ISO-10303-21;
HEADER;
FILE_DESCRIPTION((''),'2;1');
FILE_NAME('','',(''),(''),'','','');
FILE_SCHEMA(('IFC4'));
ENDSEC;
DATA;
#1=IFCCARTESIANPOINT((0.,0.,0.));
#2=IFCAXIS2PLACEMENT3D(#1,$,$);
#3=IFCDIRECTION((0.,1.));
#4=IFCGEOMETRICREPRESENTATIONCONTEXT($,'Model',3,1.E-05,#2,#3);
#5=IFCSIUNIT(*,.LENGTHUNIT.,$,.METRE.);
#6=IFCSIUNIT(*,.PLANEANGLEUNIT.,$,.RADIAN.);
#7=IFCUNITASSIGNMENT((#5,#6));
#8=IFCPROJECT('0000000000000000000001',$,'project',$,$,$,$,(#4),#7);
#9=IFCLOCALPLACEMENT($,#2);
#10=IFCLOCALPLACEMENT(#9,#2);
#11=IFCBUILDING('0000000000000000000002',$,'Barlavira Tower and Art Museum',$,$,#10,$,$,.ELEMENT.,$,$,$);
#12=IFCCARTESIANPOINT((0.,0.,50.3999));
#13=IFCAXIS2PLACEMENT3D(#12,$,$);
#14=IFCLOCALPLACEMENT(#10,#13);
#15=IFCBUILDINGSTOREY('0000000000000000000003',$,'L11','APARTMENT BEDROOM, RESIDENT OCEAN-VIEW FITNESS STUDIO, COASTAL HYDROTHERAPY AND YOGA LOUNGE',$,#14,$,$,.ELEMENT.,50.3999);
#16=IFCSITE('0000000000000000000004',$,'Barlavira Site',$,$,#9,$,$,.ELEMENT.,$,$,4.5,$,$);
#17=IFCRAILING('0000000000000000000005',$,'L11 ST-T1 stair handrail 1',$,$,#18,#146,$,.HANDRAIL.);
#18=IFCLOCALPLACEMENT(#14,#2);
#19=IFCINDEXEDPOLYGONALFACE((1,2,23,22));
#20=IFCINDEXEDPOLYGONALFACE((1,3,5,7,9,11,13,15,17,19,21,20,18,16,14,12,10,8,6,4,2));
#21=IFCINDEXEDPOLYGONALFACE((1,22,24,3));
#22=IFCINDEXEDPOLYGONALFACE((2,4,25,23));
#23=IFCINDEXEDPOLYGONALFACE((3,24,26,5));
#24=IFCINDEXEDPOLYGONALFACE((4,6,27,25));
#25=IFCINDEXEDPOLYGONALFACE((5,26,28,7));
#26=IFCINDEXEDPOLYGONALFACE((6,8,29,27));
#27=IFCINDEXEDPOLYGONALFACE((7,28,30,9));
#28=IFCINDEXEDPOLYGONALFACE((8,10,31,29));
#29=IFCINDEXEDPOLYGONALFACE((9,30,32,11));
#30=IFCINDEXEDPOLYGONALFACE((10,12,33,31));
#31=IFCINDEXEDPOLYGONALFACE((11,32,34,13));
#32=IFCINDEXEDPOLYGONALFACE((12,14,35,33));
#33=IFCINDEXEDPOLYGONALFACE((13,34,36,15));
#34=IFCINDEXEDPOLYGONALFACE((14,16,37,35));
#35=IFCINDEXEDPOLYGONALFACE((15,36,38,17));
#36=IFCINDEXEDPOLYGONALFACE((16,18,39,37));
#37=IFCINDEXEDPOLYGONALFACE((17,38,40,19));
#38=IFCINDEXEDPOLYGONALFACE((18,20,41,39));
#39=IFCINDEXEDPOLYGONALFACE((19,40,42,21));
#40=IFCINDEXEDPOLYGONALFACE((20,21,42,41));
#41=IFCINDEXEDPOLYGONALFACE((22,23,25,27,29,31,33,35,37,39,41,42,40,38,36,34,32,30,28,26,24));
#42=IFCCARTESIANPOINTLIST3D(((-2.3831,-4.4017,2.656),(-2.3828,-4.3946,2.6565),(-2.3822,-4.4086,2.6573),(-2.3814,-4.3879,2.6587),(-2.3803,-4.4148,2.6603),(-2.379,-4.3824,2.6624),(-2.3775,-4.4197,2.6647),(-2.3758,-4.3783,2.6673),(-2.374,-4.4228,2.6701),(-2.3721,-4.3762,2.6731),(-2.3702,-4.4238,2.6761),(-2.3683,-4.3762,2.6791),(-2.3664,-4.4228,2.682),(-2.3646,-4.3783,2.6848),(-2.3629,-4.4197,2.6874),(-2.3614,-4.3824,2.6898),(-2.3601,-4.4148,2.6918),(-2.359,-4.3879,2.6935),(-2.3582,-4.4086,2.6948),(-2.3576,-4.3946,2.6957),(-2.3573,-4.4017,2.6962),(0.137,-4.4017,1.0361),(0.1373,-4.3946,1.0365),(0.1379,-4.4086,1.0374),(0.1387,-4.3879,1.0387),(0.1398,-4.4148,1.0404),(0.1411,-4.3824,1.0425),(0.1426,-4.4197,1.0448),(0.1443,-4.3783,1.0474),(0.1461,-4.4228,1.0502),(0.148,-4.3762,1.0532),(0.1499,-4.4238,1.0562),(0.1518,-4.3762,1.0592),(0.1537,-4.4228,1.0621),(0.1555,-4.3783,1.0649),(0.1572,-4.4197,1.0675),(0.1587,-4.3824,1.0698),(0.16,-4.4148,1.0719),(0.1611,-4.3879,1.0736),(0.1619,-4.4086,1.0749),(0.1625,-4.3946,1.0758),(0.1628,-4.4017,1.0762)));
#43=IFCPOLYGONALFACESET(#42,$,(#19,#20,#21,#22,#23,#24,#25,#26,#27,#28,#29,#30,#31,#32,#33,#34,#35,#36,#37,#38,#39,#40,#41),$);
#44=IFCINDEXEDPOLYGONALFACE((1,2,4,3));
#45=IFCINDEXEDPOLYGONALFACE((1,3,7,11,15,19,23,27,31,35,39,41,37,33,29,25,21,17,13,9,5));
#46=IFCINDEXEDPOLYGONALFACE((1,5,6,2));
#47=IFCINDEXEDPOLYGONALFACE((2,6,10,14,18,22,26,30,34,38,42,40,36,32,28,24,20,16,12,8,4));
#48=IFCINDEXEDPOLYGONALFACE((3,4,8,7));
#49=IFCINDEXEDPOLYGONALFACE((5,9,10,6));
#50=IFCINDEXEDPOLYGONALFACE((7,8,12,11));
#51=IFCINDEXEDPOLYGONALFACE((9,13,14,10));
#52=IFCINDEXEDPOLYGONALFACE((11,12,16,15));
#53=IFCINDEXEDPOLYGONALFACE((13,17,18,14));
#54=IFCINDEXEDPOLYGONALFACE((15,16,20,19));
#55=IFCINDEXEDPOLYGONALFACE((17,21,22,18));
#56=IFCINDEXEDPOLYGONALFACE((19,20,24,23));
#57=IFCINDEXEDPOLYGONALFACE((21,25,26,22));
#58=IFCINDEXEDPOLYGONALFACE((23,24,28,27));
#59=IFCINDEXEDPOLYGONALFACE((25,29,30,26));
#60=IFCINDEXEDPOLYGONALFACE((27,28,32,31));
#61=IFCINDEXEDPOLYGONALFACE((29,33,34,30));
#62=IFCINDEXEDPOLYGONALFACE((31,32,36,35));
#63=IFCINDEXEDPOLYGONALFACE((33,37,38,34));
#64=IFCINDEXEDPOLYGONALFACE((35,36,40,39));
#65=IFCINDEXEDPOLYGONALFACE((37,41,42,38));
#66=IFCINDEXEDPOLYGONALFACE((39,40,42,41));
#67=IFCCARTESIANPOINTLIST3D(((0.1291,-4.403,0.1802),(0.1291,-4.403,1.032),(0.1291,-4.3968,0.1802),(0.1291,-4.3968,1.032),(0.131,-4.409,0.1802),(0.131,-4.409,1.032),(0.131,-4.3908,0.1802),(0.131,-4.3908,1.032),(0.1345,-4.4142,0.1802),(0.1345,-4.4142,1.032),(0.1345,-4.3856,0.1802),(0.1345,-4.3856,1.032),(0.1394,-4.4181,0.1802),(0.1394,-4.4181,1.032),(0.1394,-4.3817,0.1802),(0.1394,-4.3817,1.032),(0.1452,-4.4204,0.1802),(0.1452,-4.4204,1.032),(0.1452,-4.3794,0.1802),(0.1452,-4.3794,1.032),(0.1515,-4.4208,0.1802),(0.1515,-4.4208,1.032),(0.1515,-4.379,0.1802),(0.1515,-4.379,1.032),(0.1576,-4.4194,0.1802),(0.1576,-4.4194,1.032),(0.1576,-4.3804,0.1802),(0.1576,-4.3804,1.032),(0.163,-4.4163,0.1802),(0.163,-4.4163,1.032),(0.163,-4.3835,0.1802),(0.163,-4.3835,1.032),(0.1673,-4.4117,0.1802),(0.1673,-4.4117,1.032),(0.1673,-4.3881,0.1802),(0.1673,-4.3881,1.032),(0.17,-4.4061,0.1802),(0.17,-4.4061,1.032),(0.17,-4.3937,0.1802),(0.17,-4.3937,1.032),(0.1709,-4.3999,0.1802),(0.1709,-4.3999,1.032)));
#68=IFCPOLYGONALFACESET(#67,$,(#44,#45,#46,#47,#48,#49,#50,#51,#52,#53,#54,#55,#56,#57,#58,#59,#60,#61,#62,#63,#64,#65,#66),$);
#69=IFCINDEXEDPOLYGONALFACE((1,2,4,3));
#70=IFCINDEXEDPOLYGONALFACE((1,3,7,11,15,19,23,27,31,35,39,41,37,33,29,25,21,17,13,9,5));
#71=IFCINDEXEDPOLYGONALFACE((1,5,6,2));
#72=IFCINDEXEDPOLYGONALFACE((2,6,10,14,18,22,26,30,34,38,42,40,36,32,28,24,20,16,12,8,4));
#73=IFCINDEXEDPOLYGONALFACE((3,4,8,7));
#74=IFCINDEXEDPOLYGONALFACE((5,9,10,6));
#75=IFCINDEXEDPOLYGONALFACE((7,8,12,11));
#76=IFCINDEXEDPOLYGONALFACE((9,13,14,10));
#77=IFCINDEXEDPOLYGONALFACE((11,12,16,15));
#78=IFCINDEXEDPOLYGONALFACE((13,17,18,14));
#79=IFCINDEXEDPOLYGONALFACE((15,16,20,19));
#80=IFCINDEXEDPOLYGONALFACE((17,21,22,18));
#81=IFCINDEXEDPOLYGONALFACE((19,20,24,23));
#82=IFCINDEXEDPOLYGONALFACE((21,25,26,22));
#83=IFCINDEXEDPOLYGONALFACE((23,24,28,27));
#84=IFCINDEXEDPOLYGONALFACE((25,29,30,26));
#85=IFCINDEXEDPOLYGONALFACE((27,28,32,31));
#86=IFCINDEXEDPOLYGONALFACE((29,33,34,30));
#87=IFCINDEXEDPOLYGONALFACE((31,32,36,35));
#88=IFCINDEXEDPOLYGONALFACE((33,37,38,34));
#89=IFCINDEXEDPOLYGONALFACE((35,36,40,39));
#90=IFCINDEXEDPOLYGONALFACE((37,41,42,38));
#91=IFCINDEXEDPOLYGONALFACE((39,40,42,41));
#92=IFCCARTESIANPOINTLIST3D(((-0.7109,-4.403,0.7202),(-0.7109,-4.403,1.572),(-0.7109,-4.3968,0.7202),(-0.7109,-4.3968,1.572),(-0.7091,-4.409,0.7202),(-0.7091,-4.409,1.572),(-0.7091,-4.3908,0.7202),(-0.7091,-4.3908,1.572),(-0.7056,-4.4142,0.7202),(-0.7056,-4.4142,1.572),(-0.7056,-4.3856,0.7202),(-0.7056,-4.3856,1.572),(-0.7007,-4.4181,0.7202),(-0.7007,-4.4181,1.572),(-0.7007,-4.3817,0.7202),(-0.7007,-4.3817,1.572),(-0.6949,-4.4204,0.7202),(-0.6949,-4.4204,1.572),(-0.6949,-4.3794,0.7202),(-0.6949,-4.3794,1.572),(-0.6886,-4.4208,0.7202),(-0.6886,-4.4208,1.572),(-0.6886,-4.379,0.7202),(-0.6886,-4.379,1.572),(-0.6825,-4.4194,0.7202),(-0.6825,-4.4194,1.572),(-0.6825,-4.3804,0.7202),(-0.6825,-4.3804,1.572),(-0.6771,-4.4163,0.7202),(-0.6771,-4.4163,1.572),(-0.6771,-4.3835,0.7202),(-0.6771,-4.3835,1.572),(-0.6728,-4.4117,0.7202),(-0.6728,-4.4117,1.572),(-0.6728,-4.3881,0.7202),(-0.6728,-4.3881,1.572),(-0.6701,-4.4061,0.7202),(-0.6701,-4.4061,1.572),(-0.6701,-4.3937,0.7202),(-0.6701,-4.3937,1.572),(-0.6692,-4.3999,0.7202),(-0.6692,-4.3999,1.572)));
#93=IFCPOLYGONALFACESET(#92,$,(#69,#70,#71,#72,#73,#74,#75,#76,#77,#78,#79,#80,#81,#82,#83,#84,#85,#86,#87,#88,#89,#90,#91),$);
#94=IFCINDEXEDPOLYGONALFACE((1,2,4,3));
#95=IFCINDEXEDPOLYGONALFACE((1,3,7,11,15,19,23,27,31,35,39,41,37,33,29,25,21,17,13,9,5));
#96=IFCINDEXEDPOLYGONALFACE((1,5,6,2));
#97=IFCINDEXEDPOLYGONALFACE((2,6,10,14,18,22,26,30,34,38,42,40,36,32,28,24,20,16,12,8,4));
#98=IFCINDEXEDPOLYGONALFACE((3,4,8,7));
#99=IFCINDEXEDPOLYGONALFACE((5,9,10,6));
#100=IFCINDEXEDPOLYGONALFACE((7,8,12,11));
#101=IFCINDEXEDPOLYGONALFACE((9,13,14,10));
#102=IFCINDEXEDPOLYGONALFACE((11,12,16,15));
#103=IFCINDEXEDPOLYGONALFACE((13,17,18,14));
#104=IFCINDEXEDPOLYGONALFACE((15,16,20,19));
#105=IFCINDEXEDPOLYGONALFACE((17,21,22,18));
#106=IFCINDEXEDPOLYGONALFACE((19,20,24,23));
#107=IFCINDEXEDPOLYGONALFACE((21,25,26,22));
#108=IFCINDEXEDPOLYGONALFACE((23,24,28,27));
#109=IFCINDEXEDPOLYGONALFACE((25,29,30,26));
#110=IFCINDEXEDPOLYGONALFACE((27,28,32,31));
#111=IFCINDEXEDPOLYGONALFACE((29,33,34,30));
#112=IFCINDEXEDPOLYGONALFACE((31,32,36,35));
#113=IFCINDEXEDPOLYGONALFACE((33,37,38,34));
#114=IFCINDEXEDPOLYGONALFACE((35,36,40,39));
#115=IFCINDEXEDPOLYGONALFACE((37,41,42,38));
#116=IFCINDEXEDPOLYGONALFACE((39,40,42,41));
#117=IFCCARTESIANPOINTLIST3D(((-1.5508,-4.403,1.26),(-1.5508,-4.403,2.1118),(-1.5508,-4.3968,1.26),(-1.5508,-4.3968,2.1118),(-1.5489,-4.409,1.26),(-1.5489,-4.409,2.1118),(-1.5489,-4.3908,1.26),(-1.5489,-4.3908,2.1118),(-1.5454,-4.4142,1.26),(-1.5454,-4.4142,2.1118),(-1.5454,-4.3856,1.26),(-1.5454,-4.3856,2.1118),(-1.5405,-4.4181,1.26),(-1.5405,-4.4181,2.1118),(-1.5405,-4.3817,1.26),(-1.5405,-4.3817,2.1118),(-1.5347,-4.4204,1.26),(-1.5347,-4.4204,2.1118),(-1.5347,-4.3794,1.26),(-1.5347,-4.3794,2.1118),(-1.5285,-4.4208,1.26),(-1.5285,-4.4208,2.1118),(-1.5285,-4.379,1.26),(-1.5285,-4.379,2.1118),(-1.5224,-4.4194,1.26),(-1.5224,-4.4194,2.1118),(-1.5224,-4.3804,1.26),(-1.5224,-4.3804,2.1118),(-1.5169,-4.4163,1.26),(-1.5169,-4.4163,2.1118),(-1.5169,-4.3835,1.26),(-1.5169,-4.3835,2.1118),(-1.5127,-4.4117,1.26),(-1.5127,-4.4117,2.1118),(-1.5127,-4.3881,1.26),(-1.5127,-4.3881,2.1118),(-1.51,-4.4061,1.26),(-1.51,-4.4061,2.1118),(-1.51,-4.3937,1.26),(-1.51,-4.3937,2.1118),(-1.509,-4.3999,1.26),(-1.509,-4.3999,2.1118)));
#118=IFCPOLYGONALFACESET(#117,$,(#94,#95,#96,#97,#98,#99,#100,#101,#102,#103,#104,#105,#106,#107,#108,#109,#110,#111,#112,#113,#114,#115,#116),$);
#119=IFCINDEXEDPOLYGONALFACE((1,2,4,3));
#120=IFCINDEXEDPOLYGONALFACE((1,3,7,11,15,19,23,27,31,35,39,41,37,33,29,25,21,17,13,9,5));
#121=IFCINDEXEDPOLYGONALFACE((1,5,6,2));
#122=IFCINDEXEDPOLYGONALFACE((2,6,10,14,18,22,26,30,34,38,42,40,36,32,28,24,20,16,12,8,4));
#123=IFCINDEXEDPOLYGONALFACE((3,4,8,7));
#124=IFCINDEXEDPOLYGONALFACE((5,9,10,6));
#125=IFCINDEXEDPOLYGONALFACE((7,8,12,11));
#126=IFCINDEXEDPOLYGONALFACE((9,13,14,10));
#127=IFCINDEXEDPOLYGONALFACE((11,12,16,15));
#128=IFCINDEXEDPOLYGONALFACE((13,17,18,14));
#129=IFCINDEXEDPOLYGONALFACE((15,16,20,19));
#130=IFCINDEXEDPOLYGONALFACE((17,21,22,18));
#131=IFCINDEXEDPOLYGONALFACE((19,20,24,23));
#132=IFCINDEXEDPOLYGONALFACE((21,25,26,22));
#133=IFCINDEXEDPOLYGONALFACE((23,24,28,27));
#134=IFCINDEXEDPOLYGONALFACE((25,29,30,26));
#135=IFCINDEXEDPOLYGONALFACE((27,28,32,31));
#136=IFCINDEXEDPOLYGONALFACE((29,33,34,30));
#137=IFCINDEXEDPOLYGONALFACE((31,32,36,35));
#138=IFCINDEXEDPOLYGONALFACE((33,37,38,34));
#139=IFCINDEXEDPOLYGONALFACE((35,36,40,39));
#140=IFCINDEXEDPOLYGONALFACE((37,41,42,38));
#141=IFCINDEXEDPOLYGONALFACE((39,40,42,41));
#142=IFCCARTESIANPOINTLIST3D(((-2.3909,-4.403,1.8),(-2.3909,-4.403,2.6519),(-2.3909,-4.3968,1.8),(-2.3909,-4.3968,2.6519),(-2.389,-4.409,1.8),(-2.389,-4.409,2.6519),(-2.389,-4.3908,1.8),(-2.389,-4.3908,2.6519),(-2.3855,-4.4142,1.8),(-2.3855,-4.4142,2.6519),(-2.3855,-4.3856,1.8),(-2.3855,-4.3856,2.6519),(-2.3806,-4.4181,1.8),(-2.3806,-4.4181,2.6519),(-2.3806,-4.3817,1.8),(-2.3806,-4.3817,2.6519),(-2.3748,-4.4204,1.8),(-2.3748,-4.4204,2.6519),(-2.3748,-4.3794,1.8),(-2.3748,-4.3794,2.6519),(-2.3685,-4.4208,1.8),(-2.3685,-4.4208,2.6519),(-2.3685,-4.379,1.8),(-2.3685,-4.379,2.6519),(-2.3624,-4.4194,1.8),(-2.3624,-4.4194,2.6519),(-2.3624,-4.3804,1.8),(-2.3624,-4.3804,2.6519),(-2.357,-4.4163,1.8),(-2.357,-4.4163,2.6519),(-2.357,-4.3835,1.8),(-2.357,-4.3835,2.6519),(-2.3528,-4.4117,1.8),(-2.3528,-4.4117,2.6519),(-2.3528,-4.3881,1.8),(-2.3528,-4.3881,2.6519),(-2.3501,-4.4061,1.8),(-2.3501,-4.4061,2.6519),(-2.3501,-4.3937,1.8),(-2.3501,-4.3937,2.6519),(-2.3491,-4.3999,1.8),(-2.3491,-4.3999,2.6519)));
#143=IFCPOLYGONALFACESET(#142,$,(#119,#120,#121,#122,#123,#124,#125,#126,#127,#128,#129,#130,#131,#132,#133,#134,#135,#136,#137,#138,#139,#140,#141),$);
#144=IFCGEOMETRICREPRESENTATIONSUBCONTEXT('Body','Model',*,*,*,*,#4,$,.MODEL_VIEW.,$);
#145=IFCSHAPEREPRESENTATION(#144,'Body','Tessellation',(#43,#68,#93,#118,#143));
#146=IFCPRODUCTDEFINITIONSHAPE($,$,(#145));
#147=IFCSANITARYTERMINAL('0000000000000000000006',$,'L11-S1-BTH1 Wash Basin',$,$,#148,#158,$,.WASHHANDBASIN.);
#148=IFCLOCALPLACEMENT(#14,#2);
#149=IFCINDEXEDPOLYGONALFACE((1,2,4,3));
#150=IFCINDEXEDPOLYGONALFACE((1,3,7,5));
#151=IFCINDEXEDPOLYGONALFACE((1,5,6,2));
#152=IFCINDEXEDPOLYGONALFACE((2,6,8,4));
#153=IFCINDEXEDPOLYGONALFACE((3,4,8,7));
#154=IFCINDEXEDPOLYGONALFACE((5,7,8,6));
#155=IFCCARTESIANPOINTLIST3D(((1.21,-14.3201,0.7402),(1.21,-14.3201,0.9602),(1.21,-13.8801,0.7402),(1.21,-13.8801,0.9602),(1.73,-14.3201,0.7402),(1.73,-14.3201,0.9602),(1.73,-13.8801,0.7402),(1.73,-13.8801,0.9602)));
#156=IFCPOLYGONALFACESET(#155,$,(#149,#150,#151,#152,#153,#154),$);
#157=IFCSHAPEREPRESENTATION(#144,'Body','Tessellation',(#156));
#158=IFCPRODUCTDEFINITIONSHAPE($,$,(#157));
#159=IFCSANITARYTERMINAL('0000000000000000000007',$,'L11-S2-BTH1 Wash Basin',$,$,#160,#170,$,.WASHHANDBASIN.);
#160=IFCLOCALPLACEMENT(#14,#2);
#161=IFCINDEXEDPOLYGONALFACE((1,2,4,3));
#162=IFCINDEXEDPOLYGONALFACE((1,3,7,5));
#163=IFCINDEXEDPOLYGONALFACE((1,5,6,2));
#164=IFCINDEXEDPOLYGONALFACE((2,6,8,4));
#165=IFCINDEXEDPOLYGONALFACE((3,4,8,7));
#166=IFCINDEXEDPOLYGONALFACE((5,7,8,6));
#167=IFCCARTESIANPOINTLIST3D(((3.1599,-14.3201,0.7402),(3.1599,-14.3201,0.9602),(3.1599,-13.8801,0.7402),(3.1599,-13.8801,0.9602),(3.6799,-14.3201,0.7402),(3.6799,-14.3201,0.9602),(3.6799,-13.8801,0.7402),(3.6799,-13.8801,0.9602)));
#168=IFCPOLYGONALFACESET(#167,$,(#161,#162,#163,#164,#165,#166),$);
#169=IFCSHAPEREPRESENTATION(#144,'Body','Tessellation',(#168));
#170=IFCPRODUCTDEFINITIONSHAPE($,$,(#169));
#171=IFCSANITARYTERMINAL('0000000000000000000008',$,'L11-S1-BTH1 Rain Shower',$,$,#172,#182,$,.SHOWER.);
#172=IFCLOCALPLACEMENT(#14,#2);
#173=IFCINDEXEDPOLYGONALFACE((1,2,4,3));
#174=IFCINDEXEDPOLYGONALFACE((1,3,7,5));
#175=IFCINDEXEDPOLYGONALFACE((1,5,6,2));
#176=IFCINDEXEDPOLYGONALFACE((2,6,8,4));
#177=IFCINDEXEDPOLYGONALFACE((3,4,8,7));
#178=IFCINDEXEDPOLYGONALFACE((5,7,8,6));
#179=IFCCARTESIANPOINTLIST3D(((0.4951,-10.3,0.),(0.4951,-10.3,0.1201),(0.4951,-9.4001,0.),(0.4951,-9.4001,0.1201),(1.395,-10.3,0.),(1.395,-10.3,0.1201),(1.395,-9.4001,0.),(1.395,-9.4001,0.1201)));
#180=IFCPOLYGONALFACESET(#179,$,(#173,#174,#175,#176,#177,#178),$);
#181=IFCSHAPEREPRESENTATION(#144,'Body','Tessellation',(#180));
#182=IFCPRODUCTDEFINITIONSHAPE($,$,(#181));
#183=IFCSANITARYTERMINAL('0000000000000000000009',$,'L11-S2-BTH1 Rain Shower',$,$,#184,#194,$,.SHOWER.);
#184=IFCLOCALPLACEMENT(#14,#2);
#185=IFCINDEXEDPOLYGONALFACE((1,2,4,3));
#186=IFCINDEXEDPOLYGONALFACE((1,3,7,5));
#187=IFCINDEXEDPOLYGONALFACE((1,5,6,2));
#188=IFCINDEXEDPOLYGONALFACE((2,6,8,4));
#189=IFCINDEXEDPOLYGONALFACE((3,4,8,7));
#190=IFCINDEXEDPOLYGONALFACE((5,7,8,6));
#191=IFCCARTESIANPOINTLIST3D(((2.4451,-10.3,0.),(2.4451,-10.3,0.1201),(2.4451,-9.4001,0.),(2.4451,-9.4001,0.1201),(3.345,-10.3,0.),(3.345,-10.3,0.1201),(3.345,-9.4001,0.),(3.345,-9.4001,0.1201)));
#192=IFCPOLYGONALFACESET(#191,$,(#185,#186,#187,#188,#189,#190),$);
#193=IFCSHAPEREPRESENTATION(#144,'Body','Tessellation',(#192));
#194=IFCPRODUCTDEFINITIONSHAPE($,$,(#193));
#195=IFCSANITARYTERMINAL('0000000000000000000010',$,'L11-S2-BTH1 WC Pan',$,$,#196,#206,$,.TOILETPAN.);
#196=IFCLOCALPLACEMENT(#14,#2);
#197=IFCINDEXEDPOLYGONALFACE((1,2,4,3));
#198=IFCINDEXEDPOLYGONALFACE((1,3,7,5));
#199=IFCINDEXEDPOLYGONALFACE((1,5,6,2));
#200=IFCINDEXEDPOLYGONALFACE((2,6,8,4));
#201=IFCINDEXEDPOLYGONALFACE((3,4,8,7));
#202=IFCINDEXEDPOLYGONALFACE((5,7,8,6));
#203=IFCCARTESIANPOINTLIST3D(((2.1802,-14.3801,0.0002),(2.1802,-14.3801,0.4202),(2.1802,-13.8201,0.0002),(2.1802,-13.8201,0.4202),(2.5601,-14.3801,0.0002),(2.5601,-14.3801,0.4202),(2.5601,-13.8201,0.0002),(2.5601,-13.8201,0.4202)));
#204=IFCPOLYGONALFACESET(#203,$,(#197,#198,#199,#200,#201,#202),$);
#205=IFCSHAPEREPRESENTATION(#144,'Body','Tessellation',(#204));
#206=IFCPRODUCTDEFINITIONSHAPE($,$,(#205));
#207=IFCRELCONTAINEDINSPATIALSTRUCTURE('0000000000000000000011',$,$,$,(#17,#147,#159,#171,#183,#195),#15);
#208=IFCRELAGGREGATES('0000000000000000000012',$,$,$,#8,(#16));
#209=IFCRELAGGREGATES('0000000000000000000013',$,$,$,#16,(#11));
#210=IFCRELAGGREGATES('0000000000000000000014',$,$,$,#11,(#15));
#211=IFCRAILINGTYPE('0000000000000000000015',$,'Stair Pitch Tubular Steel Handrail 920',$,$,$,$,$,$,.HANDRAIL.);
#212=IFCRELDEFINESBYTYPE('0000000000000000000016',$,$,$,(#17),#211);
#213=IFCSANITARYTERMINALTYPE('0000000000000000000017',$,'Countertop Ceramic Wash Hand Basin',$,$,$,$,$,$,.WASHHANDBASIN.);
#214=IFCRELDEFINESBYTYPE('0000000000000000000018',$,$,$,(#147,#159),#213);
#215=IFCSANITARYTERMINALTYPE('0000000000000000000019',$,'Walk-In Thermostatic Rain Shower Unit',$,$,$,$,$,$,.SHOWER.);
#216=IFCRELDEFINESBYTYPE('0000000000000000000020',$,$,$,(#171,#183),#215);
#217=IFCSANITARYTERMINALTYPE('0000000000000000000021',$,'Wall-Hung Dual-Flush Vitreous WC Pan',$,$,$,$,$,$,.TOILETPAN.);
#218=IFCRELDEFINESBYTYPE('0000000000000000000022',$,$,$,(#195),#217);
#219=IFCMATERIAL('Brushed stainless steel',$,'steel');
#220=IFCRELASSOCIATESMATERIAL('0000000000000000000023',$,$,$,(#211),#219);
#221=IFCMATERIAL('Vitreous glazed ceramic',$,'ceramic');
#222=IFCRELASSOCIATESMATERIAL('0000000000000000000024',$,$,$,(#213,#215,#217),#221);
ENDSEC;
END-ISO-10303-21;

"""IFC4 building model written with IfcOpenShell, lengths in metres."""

from ifc_helpers import new_model, si_unit, direction, frame, origin, origin_2d, place, context, subcontext, project, spatial, rectangle, circle, extrude, material, type_object, element, save


model = new_model("IFC4")

# Units and contexts
model_context = context("Model", 3, precision=1e-05, world=origin(), true_north=direction((0.0, 1.0)))
body_context = subcontext(model_context, "Body", "Model", "MODEL_VIEW")
ifc_project = project(units=[si_unit("LENGTHUNIT", "METRE"), si_unit("PLANEANGLEUNIT", "RADIAN")], contexts=[model_context])

# Site, building, storey
site_placement = place(None, origin())
site = spatial("IfcSite", under=ifc_project, at=site_placement, Name="Barlavira Site", CompositionType="ELEMENT", RefElevation=4.5)
building_placement = place(site_placement, origin())
building = spatial("IfcBuilding", under=site, at=building_placement, Name="Barlavira Tower and Art Museum", CompositionType="ELEMENT")
storey_placement = place(building_placement, frame((0.0, 0.0, 50.3999)))
storey = spatial("IfcBuildingStorey", under=building, at=storey_placement, Name="L11", Description="APARTMENT BEDROOM, RESIDENT OCEAN-VIEW FITNESS STUDIO, COASTAL HYDROTHERAPY AND YOGA LOUNGE", CompositionType="ELEMENT", Elevation=50.3999)

# Shared definitions
ifc_material_1 = material(Name="Brushed stainless steel", Category="steel")

# Railing
railing_type_1 = type_object("IfcRailingType", Name="Stair Pitch Tubular Steel Handrail 920", PredefinedType="HANDRAIL", material=ifc_material_1)
railing_1_placement = place(storey_placement, frame((0.1499, -4.3999, 0.1802)))
element("IfcRailing", 1, at=railing_1_placement, inside=storey, type_object=railing_type_1, Name="L11 ST-T1 stair handrail 1", PredefinedType="HANDRAIL", context=body_context, shape_type="SweptSolid", body=[
    extrude(circle(Radius=0.0239, at=origin_2d()), frame((0.0, 0.0, 0.876), z_axis=(-0.8412, 0.0, 0.540725), x_axis=(0.0, -1.0, 0.0)), (0.0, 0.0, 1.0), 2.9958),
    extrude(circle(Radius=0.021, at=origin_2d()), origin(), (0.0, 0.0, 1.0), 0.8518),
    extrude(circle(Radius=0.021, at=origin_2d()), frame((-0.8401, 0.0, 0.54)), (0.0, 0.0, 1.0), 0.8518),
    extrude(circle(Radius=0.021, at=origin_2d()), frame((-1.6799, 0.0, 1.0798)), (0.0, 0.0, 1.0), 0.8518),
    extrude(circle(Radius=0.021, at=origin_2d()), frame((-2.52, 0.0, 1.6199)), (0.0, 0.0, 1.0), 0.8518),
])

# Sanitary terminals
ifc_material_2 = material(Name="Vitreous glazed ceramic", Category="ceramic")
sanitary_terminal_type_1 = type_object("IfcSanitaryTerminalType", Name="Countertop Ceramic Wash Hand Basin", PredefinedType="WASHHANDBASIN", material=ifc_material_2)
for number, where, z_axis, x_axis, name in (
    (2, (1.47, -14.1001, 0.7402), (0.0, 0.0, 1.0), (1.0, 0.0, 0.0), "L11-S1-BTH1 Wash Basin"),
    (3, (3.4199, -14.1001, 0.7402), (0.0, 0.0, 1.0), (1.0, 0.0, 0.0), "L11-S2-BTH1 Wash Basin"),
):
    element("IfcSanitaryTerminal", number, at=place(storey_placement, frame(where, z_axis=z_axis, x_axis=x_axis)), inside=storey, type_object=sanitary_terminal_type_1, Name=name, PredefinedType="WASHHANDBASIN", context=body_context, shape_type="SweptSolid", body=[
        extrude(rectangle(XDim=0.52, YDim=0.4399, at=origin_2d()), origin(), (0.0, 0.0, 1.0), 0.22),
    ])
sanitary_terminal_type_2 = type_object("IfcSanitaryTerminalType", Name="Walk-In Thermostatic Rain Shower Unit", PredefinedType="SHOWER", material=ifc_material_2)
for number, where, z_axis, x_axis, name in (
    (4, (0.9451, -9.8501, 0.0), (0.0, 0.0, 1.0), (1.0, 0.0, 0.0), "L11-S1-BTH1 Rain Shower"),
    (5, (2.895, -9.8501, 0.0), (0.0, 0.0, 1.0), (1.0, 0.0, 0.0), "L11-S2-BTH1 Rain Shower"),
):
    element("IfcSanitaryTerminal", number, at=place(storey_placement, frame(where, z_axis=z_axis, x_axis=x_axis)), inside=storey, type_object=sanitary_terminal_type_2, Name=name, PredefinedType="SHOWER", context=body_context, shape_type="SweptSolid", body=[
        extrude(rectangle(XDim=0.8999, YDim=0.8999, at=origin_2d()), origin(), (0.0, 0.0, 1.0), 0.1201),
    ])
sanitary_terminal_type_3 = type_object("IfcSanitaryTerminalType", Name="Wall-Hung Dual-Flush Vitreous WC Pan", PredefinedType="TOILETPAN", material=ifc_material_2)
sanitary_terminal_placement = place(storey_placement, frame((2.3701, -14.1001, 0.0002), z_axis=(0.0, 0.0, 1.0), x_axis=(1.0, 0.0, 0.0)))
element("IfcSanitaryTerminal", 6, at=sanitary_terminal_placement, inside=storey, type_object=sanitary_terminal_type_3, Name="L11-S2-BTH1 WC Pan", PredefinedType="TOILETPAN", context=body_context, shape_type="SweptSolid", body=[
    extrude(rectangle(XDim=0.3799, YDim=0.5601, at=origin_2d()), origin(), (0.0, 0.0, 1.0), 0.4199),
])

save(model, "model.ifc")
